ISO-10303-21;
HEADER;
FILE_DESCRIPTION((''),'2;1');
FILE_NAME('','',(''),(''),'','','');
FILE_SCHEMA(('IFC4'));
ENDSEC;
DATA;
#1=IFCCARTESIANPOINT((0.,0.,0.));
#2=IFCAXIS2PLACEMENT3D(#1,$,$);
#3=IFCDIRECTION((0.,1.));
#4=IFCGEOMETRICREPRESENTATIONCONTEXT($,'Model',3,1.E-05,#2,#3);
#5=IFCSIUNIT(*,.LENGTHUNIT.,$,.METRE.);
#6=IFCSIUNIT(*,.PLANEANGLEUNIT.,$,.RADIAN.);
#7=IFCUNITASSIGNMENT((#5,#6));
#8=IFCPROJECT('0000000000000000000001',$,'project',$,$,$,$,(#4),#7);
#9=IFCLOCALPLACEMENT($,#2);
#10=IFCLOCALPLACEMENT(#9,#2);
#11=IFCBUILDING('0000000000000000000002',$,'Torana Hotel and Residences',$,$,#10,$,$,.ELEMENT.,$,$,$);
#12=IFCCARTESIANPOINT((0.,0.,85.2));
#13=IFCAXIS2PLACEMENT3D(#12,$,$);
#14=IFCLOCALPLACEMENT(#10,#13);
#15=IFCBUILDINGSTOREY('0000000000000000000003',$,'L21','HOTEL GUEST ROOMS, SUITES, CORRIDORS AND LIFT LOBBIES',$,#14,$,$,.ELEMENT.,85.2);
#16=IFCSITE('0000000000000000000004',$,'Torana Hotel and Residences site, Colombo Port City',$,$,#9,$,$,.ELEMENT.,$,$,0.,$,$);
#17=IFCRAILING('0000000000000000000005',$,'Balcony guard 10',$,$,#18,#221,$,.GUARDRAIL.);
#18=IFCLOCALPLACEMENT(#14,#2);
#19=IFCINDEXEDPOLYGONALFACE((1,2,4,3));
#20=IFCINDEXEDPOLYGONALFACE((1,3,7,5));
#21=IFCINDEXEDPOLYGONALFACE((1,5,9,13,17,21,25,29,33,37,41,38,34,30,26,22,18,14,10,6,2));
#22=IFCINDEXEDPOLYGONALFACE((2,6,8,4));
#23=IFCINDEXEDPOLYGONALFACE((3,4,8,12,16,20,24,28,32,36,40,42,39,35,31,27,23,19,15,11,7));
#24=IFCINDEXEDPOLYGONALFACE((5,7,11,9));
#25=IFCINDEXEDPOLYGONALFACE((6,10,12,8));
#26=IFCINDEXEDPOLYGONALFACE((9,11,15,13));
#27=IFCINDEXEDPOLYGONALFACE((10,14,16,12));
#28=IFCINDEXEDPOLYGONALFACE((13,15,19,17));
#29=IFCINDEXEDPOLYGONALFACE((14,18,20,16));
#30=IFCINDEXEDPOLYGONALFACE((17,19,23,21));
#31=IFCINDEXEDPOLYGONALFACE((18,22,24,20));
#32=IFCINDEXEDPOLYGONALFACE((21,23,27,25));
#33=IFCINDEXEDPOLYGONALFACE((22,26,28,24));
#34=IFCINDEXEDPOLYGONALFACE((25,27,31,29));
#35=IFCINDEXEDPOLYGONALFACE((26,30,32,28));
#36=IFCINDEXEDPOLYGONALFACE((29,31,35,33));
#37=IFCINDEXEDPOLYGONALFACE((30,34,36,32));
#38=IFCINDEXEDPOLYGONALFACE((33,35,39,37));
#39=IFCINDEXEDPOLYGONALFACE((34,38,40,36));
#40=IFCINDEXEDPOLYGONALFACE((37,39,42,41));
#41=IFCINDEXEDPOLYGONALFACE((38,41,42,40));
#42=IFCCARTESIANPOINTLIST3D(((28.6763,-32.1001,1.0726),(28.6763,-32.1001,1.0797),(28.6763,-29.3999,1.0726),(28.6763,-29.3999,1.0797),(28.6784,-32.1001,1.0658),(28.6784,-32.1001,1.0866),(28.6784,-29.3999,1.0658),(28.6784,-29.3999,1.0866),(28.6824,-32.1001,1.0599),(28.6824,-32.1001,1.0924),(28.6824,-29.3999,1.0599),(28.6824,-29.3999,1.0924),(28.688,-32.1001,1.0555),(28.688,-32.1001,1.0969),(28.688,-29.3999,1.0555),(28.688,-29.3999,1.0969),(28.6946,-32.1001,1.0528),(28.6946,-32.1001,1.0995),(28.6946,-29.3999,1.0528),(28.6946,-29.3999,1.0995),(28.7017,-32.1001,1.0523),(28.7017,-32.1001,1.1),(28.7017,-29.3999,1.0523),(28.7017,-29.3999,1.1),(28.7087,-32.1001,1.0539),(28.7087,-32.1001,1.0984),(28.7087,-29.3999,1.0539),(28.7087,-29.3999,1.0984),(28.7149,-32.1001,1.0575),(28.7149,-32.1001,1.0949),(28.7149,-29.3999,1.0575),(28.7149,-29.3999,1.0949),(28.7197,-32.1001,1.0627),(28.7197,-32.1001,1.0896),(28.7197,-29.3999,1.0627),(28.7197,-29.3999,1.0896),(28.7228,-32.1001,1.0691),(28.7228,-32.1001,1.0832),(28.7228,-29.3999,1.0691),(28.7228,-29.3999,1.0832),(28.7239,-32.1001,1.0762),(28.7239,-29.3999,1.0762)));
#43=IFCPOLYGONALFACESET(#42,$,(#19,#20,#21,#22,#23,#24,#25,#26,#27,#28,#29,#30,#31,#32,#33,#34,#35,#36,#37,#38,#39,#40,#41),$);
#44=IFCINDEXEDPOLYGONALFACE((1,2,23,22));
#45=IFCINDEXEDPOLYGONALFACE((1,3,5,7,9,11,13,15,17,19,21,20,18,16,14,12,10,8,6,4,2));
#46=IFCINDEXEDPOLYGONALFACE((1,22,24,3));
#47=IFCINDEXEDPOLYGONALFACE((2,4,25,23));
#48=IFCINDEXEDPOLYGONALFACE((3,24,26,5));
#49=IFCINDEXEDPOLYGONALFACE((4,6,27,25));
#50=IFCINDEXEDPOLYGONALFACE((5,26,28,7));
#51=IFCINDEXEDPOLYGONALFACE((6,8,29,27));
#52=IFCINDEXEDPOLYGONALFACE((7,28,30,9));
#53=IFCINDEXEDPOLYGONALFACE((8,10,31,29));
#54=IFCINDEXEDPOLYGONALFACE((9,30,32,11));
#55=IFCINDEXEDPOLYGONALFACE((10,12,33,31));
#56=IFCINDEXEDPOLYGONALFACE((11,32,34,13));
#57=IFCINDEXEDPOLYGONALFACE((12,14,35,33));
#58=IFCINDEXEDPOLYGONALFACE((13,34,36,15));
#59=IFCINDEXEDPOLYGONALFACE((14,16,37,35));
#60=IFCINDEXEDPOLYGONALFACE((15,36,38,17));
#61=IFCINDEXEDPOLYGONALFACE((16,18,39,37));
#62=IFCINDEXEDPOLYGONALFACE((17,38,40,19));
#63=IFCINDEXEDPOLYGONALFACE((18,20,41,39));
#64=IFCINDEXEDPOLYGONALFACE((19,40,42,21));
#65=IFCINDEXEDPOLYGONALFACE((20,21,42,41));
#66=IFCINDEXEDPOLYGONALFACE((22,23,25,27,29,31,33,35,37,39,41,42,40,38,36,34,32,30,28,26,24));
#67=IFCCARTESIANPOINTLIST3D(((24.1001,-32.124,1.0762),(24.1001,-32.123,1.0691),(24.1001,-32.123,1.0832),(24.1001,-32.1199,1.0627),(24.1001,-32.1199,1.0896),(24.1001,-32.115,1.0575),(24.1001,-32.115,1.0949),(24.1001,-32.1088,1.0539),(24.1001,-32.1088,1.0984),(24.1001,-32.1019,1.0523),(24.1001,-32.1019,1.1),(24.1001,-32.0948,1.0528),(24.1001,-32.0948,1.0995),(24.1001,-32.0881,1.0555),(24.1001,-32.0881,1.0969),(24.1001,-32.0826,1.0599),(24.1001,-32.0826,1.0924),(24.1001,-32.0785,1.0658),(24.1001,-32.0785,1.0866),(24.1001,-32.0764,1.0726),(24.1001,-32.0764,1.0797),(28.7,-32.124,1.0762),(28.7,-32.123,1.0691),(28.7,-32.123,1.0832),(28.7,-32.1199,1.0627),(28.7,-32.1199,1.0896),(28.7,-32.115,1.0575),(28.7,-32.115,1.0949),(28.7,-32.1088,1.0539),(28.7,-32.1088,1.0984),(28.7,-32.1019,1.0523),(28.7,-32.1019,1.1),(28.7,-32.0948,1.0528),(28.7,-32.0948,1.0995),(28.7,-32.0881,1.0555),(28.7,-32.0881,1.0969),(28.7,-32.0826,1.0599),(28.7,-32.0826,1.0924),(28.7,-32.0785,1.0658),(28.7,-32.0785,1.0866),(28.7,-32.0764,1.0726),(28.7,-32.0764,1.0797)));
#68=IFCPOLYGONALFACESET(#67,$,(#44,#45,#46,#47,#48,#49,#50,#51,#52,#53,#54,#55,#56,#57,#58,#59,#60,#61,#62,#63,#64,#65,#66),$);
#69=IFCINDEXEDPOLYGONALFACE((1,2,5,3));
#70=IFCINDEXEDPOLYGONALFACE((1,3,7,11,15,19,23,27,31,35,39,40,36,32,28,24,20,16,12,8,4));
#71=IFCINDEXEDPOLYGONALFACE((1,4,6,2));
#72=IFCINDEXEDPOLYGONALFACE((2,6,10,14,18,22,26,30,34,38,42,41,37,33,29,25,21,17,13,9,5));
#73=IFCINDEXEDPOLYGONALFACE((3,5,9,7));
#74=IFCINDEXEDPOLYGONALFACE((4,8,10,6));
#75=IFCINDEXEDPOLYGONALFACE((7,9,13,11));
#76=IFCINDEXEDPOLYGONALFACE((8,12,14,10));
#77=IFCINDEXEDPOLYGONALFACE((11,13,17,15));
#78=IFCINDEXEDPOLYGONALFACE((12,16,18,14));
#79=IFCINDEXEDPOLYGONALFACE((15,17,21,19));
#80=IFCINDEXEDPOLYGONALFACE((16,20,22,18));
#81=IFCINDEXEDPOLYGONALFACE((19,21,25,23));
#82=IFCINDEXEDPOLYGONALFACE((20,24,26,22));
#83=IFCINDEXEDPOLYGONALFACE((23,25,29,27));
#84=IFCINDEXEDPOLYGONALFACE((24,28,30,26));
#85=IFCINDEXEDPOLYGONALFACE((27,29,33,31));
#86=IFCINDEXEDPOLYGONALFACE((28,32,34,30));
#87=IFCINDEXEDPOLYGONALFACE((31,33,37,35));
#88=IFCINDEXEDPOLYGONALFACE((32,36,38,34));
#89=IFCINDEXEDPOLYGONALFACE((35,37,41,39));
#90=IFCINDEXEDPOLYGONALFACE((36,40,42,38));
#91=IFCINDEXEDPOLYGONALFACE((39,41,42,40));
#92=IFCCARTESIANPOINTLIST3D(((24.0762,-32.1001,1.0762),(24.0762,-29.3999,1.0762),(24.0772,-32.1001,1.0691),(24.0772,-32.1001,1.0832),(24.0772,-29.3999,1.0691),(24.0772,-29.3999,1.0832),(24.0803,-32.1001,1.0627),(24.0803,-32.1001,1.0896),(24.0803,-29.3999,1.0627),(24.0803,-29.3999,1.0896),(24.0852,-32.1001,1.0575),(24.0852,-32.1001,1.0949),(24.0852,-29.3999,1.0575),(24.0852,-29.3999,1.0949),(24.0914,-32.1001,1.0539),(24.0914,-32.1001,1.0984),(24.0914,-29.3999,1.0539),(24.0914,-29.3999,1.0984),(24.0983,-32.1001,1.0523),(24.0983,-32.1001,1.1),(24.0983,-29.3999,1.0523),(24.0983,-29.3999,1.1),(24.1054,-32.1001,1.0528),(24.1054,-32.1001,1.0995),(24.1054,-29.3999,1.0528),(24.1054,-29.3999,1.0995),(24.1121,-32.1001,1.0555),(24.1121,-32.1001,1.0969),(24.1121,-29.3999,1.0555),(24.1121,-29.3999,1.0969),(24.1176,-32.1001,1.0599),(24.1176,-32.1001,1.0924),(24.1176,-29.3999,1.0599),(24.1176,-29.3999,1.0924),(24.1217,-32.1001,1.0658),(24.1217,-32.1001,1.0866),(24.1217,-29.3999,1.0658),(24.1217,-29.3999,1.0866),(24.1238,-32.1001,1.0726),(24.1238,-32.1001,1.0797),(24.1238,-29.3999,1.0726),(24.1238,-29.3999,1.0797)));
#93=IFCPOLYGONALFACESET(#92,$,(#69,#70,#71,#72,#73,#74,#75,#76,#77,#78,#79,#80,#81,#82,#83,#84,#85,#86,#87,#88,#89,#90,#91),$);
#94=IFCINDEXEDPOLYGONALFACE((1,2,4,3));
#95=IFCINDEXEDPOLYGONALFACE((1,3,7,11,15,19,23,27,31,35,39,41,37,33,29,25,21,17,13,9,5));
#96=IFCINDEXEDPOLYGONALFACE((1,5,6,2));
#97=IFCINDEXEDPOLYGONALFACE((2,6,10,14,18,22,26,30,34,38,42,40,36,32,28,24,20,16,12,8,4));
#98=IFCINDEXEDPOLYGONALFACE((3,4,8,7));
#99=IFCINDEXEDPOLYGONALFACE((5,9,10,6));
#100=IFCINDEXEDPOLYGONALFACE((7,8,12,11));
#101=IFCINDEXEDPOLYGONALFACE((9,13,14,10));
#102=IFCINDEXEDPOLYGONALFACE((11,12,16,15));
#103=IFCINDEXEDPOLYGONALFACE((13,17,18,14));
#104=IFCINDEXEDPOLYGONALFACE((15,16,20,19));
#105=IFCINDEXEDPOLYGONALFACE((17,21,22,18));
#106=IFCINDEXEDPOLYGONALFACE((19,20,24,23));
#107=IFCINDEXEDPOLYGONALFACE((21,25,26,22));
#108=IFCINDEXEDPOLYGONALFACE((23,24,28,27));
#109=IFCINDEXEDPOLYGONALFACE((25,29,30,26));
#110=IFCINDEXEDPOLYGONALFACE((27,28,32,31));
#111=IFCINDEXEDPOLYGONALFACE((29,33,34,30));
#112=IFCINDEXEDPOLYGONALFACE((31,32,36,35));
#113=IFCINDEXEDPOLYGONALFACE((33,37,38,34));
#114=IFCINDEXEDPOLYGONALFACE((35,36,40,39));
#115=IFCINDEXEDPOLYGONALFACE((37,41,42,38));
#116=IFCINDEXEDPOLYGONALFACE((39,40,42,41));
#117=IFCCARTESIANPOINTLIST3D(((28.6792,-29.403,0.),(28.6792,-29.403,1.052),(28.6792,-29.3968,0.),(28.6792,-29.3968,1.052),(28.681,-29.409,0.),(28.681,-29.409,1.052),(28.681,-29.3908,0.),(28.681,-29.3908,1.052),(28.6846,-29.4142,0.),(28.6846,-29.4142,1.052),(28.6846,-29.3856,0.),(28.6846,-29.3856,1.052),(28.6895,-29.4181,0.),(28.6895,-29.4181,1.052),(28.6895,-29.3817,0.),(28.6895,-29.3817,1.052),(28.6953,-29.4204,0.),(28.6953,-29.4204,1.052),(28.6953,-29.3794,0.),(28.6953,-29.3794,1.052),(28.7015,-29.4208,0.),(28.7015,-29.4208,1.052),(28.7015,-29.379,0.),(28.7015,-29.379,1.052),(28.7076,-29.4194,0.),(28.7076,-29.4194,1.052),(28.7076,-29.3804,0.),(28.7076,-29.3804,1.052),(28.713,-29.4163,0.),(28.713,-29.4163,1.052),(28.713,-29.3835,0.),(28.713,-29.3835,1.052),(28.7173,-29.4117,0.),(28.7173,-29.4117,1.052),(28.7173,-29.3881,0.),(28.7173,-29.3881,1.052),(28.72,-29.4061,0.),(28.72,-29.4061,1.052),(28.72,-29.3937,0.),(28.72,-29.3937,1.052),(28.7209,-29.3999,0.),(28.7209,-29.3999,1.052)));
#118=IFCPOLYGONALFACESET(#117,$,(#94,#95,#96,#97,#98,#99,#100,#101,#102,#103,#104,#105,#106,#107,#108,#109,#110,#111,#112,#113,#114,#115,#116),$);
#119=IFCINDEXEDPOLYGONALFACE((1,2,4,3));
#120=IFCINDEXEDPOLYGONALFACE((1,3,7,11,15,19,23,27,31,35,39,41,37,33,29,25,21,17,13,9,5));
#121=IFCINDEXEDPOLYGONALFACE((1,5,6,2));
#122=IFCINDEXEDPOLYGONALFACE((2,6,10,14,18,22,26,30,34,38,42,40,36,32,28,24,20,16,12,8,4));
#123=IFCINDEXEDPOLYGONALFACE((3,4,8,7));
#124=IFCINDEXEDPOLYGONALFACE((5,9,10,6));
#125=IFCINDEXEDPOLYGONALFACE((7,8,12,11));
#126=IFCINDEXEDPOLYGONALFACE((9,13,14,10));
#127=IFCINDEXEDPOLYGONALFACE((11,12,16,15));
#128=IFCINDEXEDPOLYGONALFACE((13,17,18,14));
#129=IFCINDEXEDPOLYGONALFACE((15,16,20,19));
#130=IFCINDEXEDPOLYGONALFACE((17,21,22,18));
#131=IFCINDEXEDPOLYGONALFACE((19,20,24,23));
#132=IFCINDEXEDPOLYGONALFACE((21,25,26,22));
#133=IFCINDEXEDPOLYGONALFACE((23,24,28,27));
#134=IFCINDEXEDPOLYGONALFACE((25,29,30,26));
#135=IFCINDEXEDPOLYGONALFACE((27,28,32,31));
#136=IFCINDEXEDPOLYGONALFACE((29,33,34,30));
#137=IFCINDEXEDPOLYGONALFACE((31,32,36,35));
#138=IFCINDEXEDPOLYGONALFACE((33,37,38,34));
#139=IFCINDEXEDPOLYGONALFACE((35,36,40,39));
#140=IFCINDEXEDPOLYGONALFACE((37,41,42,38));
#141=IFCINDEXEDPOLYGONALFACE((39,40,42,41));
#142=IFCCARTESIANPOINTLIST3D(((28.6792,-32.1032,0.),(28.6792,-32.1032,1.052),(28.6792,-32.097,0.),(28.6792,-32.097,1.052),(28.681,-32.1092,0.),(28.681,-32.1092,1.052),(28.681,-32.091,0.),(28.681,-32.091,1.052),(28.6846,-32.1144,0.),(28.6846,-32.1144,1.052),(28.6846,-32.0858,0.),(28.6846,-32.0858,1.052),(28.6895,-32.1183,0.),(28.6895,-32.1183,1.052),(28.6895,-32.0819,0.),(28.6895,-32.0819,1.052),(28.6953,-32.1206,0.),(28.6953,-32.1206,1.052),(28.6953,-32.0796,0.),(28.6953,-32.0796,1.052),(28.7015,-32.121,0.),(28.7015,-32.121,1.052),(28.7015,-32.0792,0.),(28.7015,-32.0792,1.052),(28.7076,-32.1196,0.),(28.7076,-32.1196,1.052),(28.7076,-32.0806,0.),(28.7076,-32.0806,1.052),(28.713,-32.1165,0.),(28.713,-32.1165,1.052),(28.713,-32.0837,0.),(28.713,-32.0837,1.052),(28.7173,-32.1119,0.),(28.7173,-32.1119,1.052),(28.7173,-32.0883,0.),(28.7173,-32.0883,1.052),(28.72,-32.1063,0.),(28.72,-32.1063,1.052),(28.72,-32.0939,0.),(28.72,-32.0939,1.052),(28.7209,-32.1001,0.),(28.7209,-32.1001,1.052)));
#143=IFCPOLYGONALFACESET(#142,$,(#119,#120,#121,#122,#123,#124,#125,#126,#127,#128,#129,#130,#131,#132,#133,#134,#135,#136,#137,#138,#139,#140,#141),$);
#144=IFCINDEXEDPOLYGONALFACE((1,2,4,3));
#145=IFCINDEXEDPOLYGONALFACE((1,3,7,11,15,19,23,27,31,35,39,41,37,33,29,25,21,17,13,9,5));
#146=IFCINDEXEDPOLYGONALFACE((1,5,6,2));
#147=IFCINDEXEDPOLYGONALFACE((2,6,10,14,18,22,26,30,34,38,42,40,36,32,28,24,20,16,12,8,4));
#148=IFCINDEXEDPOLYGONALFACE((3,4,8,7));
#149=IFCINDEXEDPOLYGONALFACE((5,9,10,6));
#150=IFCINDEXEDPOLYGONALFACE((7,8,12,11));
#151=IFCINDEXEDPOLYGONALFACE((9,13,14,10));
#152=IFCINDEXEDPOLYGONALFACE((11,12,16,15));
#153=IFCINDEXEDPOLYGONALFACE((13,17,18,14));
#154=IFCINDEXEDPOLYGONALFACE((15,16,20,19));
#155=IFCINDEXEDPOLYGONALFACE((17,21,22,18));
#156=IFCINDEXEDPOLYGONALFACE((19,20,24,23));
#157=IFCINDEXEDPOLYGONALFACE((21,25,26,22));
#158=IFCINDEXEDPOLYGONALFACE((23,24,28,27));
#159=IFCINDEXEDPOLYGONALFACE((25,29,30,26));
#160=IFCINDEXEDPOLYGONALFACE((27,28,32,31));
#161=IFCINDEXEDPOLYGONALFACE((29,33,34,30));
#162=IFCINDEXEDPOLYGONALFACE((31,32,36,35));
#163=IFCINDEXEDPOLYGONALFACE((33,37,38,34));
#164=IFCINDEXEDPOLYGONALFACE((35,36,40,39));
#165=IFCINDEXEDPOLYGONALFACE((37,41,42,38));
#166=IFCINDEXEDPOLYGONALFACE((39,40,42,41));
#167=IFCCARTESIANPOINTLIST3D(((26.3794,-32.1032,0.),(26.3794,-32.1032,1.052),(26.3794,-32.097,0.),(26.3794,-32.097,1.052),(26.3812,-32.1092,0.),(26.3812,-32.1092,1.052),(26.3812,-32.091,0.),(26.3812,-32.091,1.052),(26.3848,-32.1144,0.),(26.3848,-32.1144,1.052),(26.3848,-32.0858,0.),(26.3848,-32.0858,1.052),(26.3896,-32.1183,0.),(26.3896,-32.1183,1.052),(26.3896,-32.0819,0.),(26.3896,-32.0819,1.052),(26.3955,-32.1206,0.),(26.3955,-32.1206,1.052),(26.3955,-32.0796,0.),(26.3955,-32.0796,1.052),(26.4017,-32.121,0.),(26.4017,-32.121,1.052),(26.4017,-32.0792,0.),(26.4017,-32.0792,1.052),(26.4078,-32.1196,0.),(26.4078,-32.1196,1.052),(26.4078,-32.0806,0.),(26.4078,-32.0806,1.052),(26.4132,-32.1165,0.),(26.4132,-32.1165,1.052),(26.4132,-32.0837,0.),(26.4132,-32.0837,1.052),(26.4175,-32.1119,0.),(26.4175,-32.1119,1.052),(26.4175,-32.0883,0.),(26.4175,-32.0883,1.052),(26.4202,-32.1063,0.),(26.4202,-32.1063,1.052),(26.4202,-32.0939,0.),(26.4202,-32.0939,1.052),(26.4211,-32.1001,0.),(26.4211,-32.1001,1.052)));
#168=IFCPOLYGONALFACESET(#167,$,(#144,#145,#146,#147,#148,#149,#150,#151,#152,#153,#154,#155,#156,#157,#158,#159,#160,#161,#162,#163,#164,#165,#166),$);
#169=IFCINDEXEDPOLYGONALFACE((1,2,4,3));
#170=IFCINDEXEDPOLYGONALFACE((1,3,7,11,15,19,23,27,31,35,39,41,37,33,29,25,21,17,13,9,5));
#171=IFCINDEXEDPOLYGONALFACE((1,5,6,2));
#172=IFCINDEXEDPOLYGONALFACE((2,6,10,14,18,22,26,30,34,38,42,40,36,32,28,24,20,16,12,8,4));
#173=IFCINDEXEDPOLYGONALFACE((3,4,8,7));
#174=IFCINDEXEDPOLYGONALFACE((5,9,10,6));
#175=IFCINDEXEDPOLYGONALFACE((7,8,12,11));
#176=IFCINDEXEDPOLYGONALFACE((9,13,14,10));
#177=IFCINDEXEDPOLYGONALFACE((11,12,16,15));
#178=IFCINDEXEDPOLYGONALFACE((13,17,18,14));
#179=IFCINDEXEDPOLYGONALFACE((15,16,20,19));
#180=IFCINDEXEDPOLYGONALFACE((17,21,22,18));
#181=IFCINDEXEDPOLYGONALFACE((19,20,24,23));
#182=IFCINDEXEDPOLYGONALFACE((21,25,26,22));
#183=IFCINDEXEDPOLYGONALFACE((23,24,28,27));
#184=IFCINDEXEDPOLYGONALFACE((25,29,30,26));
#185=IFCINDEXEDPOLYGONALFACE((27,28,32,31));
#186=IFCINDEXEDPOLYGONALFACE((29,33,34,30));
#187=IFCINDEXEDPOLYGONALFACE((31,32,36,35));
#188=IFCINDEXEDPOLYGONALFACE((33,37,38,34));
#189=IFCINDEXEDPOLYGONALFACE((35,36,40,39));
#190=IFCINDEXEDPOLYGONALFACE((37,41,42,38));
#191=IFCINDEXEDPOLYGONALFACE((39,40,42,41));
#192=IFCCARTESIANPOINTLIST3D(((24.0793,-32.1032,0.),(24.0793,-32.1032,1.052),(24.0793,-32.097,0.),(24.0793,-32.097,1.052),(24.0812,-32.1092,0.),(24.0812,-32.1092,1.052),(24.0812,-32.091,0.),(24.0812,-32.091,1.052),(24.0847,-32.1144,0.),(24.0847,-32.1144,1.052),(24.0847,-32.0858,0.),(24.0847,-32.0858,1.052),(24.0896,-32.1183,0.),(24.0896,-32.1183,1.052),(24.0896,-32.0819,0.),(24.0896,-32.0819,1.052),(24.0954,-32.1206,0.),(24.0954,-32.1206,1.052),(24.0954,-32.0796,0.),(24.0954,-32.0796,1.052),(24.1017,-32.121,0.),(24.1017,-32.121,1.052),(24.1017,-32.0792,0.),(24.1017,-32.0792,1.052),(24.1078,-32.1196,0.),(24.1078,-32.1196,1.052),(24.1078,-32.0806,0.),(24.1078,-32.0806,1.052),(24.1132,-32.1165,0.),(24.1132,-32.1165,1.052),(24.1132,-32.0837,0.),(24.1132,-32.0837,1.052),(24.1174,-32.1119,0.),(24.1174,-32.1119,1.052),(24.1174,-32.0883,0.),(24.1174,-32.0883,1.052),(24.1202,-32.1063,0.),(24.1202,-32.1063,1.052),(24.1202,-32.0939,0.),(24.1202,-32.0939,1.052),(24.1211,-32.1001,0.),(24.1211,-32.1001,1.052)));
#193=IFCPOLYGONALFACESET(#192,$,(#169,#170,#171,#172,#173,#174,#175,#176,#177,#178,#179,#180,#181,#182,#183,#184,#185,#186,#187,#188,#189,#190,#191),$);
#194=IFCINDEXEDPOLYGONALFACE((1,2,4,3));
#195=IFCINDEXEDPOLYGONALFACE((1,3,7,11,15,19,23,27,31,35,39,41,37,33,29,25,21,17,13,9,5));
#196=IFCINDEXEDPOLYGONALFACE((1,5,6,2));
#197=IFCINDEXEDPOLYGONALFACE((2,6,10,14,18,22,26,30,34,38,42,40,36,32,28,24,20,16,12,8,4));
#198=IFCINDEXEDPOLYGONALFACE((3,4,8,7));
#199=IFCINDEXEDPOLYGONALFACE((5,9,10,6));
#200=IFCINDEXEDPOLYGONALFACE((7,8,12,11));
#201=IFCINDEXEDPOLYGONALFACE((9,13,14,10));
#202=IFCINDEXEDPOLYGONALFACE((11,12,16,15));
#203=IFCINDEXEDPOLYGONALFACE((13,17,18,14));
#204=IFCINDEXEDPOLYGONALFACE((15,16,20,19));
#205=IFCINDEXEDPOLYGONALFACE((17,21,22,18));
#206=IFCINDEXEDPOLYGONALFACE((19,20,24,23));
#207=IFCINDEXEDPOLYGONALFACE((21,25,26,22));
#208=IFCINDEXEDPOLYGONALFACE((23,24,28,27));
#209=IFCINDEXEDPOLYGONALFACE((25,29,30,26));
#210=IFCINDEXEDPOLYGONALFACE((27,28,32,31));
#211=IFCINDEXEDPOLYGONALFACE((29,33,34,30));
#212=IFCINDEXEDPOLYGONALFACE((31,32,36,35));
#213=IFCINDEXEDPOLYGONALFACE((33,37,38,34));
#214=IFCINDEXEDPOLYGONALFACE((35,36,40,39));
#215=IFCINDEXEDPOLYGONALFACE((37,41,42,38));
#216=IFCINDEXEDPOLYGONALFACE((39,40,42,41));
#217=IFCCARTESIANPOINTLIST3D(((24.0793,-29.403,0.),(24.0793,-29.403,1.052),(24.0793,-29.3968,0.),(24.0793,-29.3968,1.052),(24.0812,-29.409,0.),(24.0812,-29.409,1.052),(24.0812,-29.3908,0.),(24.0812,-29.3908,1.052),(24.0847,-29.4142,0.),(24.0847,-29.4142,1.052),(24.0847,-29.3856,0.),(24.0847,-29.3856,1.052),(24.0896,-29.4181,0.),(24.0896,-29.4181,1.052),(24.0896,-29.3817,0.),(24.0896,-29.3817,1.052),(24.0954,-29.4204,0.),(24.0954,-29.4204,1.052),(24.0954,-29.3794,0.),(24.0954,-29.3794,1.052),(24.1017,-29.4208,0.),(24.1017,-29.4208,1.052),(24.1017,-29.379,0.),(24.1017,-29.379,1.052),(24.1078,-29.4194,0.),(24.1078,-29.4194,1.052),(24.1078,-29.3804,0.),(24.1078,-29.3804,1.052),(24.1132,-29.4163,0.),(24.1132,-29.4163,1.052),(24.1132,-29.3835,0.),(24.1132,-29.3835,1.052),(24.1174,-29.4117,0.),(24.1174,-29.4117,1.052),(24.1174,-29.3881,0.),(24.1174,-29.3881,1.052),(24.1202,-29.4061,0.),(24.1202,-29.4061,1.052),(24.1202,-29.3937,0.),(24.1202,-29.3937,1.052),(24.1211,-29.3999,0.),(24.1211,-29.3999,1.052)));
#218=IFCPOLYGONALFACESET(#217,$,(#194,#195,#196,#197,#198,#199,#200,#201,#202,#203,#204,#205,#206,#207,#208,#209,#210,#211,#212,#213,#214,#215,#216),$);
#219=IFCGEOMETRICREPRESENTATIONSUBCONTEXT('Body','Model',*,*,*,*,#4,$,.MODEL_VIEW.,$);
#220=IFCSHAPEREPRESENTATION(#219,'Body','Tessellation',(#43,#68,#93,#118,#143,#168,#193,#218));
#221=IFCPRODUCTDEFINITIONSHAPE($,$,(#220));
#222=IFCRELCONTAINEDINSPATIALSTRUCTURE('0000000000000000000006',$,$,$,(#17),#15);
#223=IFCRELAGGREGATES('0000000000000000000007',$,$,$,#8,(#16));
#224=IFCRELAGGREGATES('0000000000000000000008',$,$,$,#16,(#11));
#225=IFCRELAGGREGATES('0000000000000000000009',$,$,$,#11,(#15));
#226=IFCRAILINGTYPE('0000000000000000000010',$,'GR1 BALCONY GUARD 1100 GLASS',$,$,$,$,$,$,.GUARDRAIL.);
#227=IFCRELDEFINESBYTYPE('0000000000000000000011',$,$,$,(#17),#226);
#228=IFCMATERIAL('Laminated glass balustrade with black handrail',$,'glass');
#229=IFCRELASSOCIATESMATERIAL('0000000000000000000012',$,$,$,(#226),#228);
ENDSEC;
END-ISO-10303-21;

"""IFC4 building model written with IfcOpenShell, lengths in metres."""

from ifc_helpers import new_model, si_unit, direction, frame, origin, origin_2d, place, context, subcontext, project, spatial, circle, extrude, material, type_object, element, save


model = new_model("IFC4")

# Units and contexts
model_context = context("Model", 3, precision=1e-05, world=origin(), true_north=direction((0.0, 1.0)))
body_context = subcontext(model_context, "Body", "Model", "MODEL_VIEW")
ifc_project = project(units=[si_unit("LENGTHUNIT", "METRE"), si_unit("PLANEANGLEUNIT", "RADIAN")], contexts=[model_context])

# Site, building, storey
site_placement = place(None, origin())
site = spatial("IfcSite", under=ifc_project, at=site_placement, Name="Torana Hotel and Residences site, Colombo Port City", CompositionType="ELEMENT", RefElevation=0.0)
building_placement = place(site_placement, origin())
building = spatial("IfcBuilding", under=site, at=building_placement, Name="Torana Hotel and Residences", CompositionType="ELEMENT")
storey_placement = place(building_placement, frame((0.0, 0.0, 85.2)))
storey = spatial("IfcBuildingStorey", under=building, at=storey_placement, Name="L21", Description="HOTEL GUEST ROOMS, SUITES, CORRIDORS AND LIFT LOBBIES", CompositionType="ELEMENT", Elevation=85.2)

# Railing
ifc_material_1 = material(Name="Laminated glass balustrade with black handrail", Category="glass")
railing_type = type_object("IfcRailingType", Name="GR1 BALCONY GUARD 1100 GLASS", PredefinedType="GUARDRAIL", material=ifc_material_1)
railing_placement = place(storey_placement, frame((28.7, -29.3999, 0.0)))
element("IfcRailing", 1, at=railing_placement, inside=storey, type_object=railing_type, Name="Balcony guard 10", PredefinedType="GUARDRAIL", context=body_context, shape_type="SweptSolid", body=[
    extrude(circle(Radius=0.0239, at=origin_2d()), frame((0.0, 0.0, 1.0762), z_axis=(0.0, -1.0, 0.0), x_axis=(1.0, 0.0, 0.0)), (0.0, 0.0, 1.0), 2.7002),
    extrude(circle(Radius=0.0239, at=origin_2d()), frame((0.0, -2.7002, 1.0762), z_axis=(-1.0, 0.0, 0.0), x_axis=(0.0, -1.0, 0.0)), (0.0, 0.0, 1.0), 4.5999),
    extrude(circle(Radius=0.0239, at=origin_2d()), frame((-4.5999, -2.7002, 1.0762), z_axis=(0.0, 1.0, 0.0), x_axis=(-1.0, 0.0, 0.0)), (0.0, 0.0, 1.0), 2.7002),
    extrude(circle(Radius=0.021, at=origin_2d()), origin(), (0.0, 0.0, 1.0), 1.052),
    extrude(circle(Radius=0.021, at=origin_2d()), frame((0.0, -2.7002, 0.0)), (0.0, 0.0, 1.0), 1.052),
    extrude(circle(Radius=0.021, at=origin_2d()), frame((-2.2998, -2.7002, 0.0)), (0.0, 0.0, 1.0), 1.052),
    extrude(circle(Radius=0.021, at=origin_2d()), frame((-4.5999, -2.7002, 0.0)), (0.0, 0.0, 1.0), 1.052),
    extrude(circle(Radius=0.021, at=origin_2d()), frame((-4.5999, 0.0, 0.0)), (0.0, 0.0, 1.0), 1.052),
])

save(model, "model.ifc")
